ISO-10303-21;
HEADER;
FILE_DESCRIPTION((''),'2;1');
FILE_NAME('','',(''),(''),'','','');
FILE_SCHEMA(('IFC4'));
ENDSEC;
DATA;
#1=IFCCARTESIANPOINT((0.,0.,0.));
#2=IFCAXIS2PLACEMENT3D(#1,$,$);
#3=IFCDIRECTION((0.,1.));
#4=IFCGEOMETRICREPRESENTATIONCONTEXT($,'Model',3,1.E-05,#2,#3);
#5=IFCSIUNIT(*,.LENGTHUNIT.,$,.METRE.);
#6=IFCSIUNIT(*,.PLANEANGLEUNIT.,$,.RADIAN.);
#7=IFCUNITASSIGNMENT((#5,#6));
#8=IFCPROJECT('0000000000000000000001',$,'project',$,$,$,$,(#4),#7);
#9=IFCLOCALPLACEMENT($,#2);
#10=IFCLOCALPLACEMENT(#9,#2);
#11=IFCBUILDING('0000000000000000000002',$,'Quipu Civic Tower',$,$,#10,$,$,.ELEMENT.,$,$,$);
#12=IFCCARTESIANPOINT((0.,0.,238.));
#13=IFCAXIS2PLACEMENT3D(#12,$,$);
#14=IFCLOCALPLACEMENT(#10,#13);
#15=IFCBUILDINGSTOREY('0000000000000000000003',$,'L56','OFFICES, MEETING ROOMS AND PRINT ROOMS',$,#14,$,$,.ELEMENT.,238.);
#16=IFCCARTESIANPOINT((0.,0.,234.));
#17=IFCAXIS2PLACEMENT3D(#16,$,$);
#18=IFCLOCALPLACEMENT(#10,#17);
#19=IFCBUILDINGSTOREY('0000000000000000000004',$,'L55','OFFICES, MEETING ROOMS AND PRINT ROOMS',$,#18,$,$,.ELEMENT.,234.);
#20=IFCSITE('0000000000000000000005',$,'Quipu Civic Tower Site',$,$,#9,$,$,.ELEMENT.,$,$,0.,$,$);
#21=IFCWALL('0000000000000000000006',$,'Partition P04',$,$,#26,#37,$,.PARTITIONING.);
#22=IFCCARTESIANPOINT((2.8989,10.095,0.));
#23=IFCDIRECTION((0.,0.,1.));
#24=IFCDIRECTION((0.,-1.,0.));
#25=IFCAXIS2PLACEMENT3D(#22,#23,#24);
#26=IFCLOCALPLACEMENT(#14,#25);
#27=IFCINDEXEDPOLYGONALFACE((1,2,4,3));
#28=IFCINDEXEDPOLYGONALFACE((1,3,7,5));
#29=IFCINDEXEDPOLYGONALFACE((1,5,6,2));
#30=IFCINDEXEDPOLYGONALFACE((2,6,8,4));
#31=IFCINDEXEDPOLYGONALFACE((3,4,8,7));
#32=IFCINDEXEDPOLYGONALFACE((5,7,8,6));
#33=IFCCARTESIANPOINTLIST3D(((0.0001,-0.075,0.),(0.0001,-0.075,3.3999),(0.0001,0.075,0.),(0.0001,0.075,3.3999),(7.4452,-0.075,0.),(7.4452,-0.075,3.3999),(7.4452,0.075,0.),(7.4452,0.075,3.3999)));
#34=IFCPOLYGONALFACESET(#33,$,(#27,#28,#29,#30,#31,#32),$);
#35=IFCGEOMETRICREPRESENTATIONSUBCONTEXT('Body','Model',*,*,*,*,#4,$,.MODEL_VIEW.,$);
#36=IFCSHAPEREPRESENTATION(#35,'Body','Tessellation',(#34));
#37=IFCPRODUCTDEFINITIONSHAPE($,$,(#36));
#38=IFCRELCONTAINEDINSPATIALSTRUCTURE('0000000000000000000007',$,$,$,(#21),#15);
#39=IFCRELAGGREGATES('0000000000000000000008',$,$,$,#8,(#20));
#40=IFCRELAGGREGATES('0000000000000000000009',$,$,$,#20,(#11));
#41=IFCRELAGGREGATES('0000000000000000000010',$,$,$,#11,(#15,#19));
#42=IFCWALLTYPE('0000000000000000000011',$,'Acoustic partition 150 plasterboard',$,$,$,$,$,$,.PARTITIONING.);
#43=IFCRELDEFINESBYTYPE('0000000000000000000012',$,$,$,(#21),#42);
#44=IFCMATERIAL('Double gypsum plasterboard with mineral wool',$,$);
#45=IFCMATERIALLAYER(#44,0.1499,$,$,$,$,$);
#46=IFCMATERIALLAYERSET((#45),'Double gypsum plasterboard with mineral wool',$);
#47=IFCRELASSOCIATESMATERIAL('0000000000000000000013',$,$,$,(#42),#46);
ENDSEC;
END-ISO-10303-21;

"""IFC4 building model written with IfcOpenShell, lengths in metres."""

from ifc_helpers import new_model, si_unit, direction, frame, frame_2d, origin, place, context, subcontext, project, spatial, rectangle, extrude, material, layer, layer_set, type_object, element, save


model = new_model("IFC4")

# Units and contexts
model_context = context("Model", 3, precision=1e-05, world=origin(), true_north=direction((0.0, 1.0)))
body_context = subcontext(model_context, "Body", "Model", "MODEL_VIEW")
ifc_project = project(units=[si_unit("LENGTHUNIT", "METRE"), si_unit("PLANEANGLEUNIT", "RADIAN")], contexts=[model_context])

# Site, building, storey
site_placement = place(None, origin())
site = spatial("IfcSite", under=ifc_project, at=site_placement, Name="Quipu Civic Tower Site", CompositionType="ELEMENT", RefElevation=0.0)
building_placement = place(site_placement, origin())
building = spatial("IfcBuilding", under=site, at=building_placement, Name="Quipu Civic Tower", CompositionType="ELEMENT")
storey_1_placement = place(building_placement, frame((0.0, 0.0, 238.0)))
storey_1 = spatial("IfcBuildingStorey", under=building, at=storey_1_placement, Name="L56", Description="OFFICES, MEETING ROOMS AND PRINT ROOMS", CompositionType="ELEMENT", Elevation=238.0)

# Shared definitions
storey_2_placement = place(building_placement, frame((0.0, 0.0, 234.0)))
storey_2 = spatial("IfcBuildingStorey", under=building, at=storey_2_placement, Name="L55", Description="OFFICES, MEETING ROOMS AND PRINT ROOMS", CompositionType="ELEMENT", Elevation=234.0)

# Wall
ifc_material_1 = material(Name="Double gypsum plasterboard with mineral wool")
ifc_layer_1 = layer(ifc_material_1, 0.1499)
ifc_layer_set_1 = layer_set([ifc_layer_1], Name="Double gypsum plasterboard with mineral wool")
wall_type_1 = type_object("IfcWallType", Name="Acoustic partition 150 plasterboard", PredefinedType="PARTITIONING", material=ifc_layer_set_1)
wall_1_placement = place(storey_1_placement, frame((2.8989, 10.095, 0.0), z_axis=(0.0, 0.0, 1.0), x_axis=(0.0, -1.0, 0.0)))
element("IfcWall", 1, at=wall_1_placement, inside=storey_1, type_object=wall_type_1, Name="Partition P04", PredefinedType="PARTITIONING", context=body_context, shape_type="SweptSolid", body=[
    extrude(rectangle(XDim=7.4451, YDim=0.1499, at=frame_2d((3.7227, 0.0))), origin(), (0.0, 0.0, 1.0), 3.3999),
])

save(model, "model.ifc")
